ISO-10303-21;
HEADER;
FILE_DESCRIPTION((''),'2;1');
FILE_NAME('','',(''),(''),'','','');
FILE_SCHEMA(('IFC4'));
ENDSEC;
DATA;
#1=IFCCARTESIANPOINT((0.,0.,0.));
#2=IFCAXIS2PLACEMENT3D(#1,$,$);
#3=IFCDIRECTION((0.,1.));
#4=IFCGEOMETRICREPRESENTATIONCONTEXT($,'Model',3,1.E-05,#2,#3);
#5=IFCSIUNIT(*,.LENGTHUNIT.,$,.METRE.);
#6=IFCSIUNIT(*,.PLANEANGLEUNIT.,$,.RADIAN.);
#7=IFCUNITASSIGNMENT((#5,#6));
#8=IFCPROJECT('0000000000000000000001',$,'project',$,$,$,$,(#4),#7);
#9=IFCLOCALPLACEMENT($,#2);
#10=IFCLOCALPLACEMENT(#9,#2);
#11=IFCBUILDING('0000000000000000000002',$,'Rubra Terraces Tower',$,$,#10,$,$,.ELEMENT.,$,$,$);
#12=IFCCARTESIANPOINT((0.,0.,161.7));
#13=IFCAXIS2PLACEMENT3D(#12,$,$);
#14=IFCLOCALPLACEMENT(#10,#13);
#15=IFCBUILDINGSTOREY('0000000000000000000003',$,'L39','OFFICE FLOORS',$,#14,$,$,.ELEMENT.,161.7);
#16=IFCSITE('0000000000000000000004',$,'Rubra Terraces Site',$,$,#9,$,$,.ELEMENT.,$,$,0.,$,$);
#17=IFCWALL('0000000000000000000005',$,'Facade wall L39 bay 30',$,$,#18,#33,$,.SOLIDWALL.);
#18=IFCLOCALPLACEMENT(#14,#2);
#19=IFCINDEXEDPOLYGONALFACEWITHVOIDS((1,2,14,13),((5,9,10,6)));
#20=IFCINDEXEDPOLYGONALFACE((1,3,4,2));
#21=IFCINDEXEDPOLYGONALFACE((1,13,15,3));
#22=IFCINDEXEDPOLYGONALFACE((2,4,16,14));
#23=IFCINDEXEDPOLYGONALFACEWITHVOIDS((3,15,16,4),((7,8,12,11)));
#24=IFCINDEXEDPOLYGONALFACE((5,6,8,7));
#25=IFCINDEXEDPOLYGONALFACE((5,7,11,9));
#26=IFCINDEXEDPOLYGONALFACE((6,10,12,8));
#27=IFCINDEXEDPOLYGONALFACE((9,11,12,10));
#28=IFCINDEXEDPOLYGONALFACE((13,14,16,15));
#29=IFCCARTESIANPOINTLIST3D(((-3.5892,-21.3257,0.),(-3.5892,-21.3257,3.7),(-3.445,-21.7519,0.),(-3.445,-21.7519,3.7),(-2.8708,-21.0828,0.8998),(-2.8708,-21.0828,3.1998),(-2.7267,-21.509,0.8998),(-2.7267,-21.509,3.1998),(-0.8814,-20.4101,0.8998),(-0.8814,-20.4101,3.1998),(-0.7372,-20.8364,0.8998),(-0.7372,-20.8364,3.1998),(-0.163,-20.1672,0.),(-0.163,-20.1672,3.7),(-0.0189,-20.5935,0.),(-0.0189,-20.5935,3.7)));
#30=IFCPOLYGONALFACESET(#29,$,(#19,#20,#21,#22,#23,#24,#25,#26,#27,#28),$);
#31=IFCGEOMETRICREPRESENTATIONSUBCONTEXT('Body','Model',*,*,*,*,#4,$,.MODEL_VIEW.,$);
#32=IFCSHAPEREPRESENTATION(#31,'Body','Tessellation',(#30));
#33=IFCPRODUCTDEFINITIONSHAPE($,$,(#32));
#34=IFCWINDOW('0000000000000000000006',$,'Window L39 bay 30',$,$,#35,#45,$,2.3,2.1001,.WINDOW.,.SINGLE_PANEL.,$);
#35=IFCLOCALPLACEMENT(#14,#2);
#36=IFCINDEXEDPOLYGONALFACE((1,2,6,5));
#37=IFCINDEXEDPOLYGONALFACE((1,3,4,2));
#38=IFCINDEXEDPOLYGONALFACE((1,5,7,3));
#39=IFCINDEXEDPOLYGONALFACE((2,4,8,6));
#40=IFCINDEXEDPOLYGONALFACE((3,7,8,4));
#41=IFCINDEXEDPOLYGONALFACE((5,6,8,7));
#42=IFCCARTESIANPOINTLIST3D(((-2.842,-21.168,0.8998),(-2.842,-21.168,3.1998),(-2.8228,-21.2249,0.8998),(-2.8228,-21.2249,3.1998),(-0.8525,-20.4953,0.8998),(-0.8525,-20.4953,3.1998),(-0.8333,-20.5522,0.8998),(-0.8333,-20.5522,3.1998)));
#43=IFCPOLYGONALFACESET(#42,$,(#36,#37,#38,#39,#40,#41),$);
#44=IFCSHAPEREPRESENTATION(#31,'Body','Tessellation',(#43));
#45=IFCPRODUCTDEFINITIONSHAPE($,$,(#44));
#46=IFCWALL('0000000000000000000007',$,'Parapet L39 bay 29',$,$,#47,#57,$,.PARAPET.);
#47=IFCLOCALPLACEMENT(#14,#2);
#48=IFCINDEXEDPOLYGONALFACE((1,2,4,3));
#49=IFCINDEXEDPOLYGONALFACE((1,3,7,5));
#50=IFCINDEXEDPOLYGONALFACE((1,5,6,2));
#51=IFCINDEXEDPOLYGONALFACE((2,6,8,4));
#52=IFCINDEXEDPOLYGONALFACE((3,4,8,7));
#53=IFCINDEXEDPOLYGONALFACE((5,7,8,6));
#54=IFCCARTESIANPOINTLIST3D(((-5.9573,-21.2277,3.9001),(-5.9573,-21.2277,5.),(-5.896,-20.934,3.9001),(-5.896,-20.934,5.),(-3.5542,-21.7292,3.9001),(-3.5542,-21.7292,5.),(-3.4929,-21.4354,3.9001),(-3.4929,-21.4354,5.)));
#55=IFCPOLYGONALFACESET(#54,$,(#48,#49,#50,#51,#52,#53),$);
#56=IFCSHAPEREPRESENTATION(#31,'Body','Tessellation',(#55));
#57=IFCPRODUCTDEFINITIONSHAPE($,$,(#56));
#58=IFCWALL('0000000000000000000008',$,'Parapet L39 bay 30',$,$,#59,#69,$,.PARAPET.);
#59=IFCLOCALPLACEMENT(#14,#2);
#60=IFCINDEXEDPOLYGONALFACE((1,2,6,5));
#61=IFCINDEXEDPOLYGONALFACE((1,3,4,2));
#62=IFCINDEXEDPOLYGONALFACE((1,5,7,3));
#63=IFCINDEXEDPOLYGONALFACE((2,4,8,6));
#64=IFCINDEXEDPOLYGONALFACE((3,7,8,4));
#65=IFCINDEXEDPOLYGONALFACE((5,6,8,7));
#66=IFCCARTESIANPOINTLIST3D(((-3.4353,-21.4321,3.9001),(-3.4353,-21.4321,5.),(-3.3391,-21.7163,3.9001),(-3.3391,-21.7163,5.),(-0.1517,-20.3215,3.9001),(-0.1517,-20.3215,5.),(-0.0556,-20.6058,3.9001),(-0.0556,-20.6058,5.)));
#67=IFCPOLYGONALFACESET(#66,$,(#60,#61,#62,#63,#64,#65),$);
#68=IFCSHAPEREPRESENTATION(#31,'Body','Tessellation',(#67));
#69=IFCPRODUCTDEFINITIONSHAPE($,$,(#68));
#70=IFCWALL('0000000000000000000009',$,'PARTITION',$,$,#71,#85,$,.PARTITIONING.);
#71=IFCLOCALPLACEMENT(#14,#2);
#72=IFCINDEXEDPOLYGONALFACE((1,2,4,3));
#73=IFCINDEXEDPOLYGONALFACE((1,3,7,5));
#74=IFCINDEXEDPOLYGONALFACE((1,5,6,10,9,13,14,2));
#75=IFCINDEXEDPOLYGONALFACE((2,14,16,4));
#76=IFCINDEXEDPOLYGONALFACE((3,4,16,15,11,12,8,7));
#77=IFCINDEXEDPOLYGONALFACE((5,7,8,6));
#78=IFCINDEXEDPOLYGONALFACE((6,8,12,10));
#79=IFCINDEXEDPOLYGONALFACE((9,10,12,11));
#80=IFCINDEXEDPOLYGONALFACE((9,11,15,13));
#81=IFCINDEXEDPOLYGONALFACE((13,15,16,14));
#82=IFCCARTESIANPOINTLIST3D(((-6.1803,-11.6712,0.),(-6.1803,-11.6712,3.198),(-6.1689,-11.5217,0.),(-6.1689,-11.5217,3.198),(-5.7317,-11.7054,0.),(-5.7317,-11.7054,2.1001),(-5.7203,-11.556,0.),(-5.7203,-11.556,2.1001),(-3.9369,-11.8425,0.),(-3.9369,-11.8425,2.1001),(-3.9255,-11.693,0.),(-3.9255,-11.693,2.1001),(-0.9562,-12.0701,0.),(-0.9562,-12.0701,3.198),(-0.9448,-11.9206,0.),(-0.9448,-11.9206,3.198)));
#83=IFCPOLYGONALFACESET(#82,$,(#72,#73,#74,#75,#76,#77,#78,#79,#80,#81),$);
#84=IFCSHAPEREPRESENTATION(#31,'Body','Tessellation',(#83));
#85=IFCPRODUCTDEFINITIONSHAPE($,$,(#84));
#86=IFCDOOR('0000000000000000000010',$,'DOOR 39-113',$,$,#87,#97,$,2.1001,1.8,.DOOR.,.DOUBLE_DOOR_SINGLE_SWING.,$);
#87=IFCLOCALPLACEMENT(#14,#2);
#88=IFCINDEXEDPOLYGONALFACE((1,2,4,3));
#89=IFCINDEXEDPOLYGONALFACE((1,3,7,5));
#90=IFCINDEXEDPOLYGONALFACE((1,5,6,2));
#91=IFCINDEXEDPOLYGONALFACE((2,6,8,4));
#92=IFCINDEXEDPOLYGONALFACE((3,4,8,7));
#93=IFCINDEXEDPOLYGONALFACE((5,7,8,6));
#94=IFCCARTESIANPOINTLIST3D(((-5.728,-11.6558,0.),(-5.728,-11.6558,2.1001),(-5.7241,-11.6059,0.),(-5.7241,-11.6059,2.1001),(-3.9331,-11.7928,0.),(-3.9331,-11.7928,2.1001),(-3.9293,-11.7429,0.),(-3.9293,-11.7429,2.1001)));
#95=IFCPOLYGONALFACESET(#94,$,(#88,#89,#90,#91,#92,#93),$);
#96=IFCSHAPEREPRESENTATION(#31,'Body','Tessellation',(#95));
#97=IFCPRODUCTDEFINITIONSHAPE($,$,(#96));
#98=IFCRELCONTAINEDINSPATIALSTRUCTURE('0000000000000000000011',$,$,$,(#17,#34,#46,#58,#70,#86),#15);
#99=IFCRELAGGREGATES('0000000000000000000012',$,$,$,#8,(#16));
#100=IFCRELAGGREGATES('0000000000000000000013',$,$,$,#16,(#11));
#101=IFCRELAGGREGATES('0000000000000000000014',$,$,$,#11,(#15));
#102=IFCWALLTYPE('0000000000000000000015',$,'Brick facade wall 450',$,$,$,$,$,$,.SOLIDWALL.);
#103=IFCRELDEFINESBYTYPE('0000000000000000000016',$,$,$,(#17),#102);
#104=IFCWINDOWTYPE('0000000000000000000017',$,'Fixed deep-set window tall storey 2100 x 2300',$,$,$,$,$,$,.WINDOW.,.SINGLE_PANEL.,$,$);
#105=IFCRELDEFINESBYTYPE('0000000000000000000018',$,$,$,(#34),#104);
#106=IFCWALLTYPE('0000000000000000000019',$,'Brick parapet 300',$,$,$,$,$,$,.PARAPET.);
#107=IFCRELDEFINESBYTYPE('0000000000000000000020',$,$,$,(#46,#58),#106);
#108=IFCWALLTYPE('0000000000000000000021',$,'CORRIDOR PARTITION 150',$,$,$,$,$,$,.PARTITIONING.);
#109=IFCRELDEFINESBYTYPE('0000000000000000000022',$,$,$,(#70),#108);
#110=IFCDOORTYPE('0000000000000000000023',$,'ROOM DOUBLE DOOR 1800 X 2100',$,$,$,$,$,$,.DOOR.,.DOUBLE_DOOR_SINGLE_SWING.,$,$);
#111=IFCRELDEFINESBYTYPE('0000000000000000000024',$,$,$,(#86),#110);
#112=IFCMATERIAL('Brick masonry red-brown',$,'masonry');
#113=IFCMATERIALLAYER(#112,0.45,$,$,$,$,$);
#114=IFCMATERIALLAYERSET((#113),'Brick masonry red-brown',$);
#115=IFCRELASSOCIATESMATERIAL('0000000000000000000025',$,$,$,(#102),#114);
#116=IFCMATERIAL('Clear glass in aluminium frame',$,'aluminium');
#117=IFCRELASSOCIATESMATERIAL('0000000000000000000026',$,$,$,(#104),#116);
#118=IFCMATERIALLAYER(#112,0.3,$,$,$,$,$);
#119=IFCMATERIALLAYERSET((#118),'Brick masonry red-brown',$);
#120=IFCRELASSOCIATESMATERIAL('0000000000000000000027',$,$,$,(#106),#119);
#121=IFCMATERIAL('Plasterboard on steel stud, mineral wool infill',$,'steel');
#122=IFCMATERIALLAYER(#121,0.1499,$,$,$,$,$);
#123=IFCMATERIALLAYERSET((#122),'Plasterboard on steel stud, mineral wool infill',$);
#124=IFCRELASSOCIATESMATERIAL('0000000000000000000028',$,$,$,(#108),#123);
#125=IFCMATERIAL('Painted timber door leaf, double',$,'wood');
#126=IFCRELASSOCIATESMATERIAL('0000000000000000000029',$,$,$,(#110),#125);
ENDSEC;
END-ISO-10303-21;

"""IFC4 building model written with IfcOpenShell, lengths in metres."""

from ifc_helpers import new_model, si_unit, direction, frame, frame_2d, origin, place, context, subcontext, project, spatial, rectangle, extrude, material, layer, layer_set, type_object, element, fill, save


model = new_model("IFC4")

# Units and contexts
model_context = context("Model", 3, precision=1e-05, world=origin(), true_north=direction((0.0, 1.0)))
body_context = subcontext(model_context, "Body", "Model", "MODEL_VIEW")
ifc_project = project(units=[si_unit("LENGTHUNIT", "METRE"), si_unit("PLANEANGLEUNIT", "RADIAN")], contexts=[model_context])

# Site, building, storey
site_placement = place(None, origin())
site = spatial("IfcSite", under=ifc_project, at=site_placement, Name="Rubra Terraces Site", CompositionType="ELEMENT", RefElevation=0.0)
building_placement = place(site_placement, origin())
building = spatial("IfcBuilding", under=site, at=building_placement, Name="Rubra Terraces Tower", CompositionType="ELEMENT")
storey_placement = place(building_placement, frame((0.0, 0.0, 161.7)))
storey = spatial("IfcBuildingStorey", under=building, at=storey_placement, Name="L39", Description="OFFICE FLOORS", CompositionType="ELEMENT", Elevation=161.7)

# Wall, opening, window
ifc_material_1 = material(Name="Brick masonry red-brown", Category="masonry")
ifc_layer_1 = layer(ifc_material_1, 0.45)
ifc_layer_set_1 = layer_set([ifc_layer_1], Name="Brick masonry red-brown")
wall_type_1 = type_object("IfcWallType", Name="Brick facade wall 450", PredefinedType="SOLIDWALL", material=ifc_layer_set_1)
ifc_material_2 = material(Name="Clear glass in aluminium frame", Category="aluminium")
window_type = type_object("IfcWindowType", Name="Fixed deep-set window tall storey 2100 x 2300", PartitioningType="SINGLE_PANEL", PredefinedType="WINDOW", material=ifc_material_2)
wall_1_placement = place(storey_placement, frame((-3.5171, -21.5388, 0.0), z_axis=(0.0, 0.0, 1.0), x_axis=(0.947311, 0.320316, 0.0)))
wall_1 = element("IfcWall", 1, at=wall_1_placement, inside=storey, type_object=wall_type_1, Name="Facade wall L39 bay 30", PredefinedType="SOLIDWALL", context=body_context, shape_type="SweptSolid", body=[
    extrude(rectangle(XDim=3.6167, YDim=0.45, at=frame_2d((1.8083, 0.0))), origin(), (0.0, 0.0, 1.0), 3.7),
])
opening_1_placement = place(wall_1_placement, frame((0.7583, 0.0, 0.8999)))
opening_1 = element("IfcOpeningElement", 2, at=opening_1_placement, cuts=wall_1, PredefinedType="OPENING", context=body_context, shape_type="SweptSolid", body=[
    extrude(rectangle(XDim=2.1001, YDim=2.3, at=frame_2d((1.05, 1.1499))), frame((0.0, 0.2349, 0.0), z_axis=(0.0, -1.0, 0.0), x_axis=(1.0, 0.0, 0.0)), (0.0, 0.0, 1.0), 0.47),
])
window_1_placement = place(opening_1_placement, origin())
window_1 = element("IfcWindow", 3, at=window_1_placement, inside=storey, type_object=window_type, Name="Window L39 bay 30", OverallHeight=2.3, OverallWidth=2.1001, PartitioningType="SINGLE_PANEL", PredefinedType="WINDOW", context=body_context, shape_type="SweptSolid", body=[
    extrude(rectangle(XDim=2.1001, YDim=2.3, at=frame_2d((1.05, 1.1499))), frame((0.0, 0.135, 0.0), z_axis=(0.0, -1.0, 0.0), x_axis=(1.0, 0.0, 0.0)), (0.0, 0.0, 1.0), 0.0601),
])
fill(opening_1, window_1)

# Walls
ifc_layer_2 = layer(ifc_material_1, 0.3)
ifc_layer_set_2 = layer_set([ifc_layer_2], Name="Brick masonry red-brown")
wall_type_2 = type_object("IfcWallType", Name="Brick parapet 300", PredefinedType="PARAPET", material=ifc_layer_set_2)
wall_2_placement = place(storey_placement, frame((-5.9268, -21.0808, 3.9001), z_axis=(0.0, 0.0, 1.0), x_axis=(0.978913, -0.204276, 0.0)))
element("IfcWall", 4, at=wall_2_placement, inside=storey, type_object=wall_type_2, Name="Parapet L39 bay 29", PredefinedType="PARAPET", context=body_context, shape_type="SweptSolid", body=[
    extrude(rectangle(XDim=2.4548, YDim=0.3, at=frame_2d((1.2275, 0.0))), origin(), (0.0, 0.0, 1.0), 1.0999),
])
wall_3_placement = place(storey_placement, frame((-3.3872, -21.5742, 3.9001), z_axis=(0.0, 0.0, 1.0), x_axis=(0.947287, 0.320387, 0.0)))
element("IfcWall", 5, at=wall_3_placement, inside=storey, type_object=wall_type_2, Name="Parapet L39 bay 30", PredefinedType="PARAPET", context=body_context, shape_type="SweptSolid", body=[
    extrude(rectangle(XDim=3.4663, YDim=0.3, at=frame_2d((1.7332, 0.0))), origin(), (0.0, 0.0, 1.0), 1.0999),
])

# Wall, opening, door
ifc_material_3 = material(Name="Plasterboard on steel stud, mineral wool infill", Category="steel")
ifc_layer_3 = layer(ifc_material_3, 0.1499)
ifc_layer_set_3 = layer_set([ifc_layer_3], Name="Plasterboard on steel stud, mineral wool infill")
wall_type_3 = type_object("IfcWallType", Name="CORRIDOR PARTITION 150", PredefinedType="PARTITIONING", material=ifc_layer_set_3)
wall_4_placement = place(storey_placement, frame((-6.1746, -11.5964, 0.0), z_axis=(0.0, 0.0, 1.0), x_axis=(0.997097, -0.076141, 0.0)))
wall_4 = element("IfcWall", 6, at=wall_4_placement, inside=storey, type_object=wall_type_3, Name="PARTITION", PredefinedType="PARTITIONING", context=body_context, shape_type="SweptSolid", body=[
    extrude(rectangle(XDim=5.2393, YDim=0.1499, at=frame_2d((2.6196, 0.0))), origin(), (0.0, 0.0, 1.0), 3.198),
])
opening_2_placement = place(wall_4_placement, frame((0.45, 0.0, 0.0)))
opening_2 = element("IfcOpeningElement", 7, at=opening_2_placement, cuts=wall_4, PredefinedType="OPENING", context=body_context, shape_type="SweptSolid", body=[
    extrude(rectangle(XDim=1.8, YDim=2.1001, at=frame_2d((0.8999, 1.05))), frame((0.0, 0.085, 0.0), z_axis=(0.0, -1.0, 0.0), x_axis=(1.0, 0.0, 0.0)), (0.0, 0.0, 1.0), 0.1699),
])
ifc_material_4 = material(Name="Painted timber door leaf, double", Category="wood")
door_type = type_object("IfcDoorType", Name="ROOM DOUBLE DOOR 1800 X 2100", OperationType="DOUBLE_DOOR_SINGLE_SWING", PredefinedType="DOOR", material=ifc_material_4)
door_placement = place(opening_2_placement, origin())
door = element("IfcDoor", 8, at=door_placement, inside=storey, type_object=door_type, Name="DOOR 39-113", OperationType="DOUBLE_DOOR_SINGLE_SWING", OverallHeight=2.1001, OverallWidth=1.8, PredefinedType="DOOR", context=body_context, shape_type="SweptSolid", body=[
    extrude(rectangle(XDim=1.8, YDim=2.1001, at=frame_2d((0.8999, 1.05))), frame((0.0, 0.0249, 0.0), z_axis=(0.0, -1.0, 0.0), x_axis=(1.0, 0.0, 0.0)), (0.0, 0.0, 1.0), 0.05),
])
fill(opening_2, door)

save(model, "model.ifc")
